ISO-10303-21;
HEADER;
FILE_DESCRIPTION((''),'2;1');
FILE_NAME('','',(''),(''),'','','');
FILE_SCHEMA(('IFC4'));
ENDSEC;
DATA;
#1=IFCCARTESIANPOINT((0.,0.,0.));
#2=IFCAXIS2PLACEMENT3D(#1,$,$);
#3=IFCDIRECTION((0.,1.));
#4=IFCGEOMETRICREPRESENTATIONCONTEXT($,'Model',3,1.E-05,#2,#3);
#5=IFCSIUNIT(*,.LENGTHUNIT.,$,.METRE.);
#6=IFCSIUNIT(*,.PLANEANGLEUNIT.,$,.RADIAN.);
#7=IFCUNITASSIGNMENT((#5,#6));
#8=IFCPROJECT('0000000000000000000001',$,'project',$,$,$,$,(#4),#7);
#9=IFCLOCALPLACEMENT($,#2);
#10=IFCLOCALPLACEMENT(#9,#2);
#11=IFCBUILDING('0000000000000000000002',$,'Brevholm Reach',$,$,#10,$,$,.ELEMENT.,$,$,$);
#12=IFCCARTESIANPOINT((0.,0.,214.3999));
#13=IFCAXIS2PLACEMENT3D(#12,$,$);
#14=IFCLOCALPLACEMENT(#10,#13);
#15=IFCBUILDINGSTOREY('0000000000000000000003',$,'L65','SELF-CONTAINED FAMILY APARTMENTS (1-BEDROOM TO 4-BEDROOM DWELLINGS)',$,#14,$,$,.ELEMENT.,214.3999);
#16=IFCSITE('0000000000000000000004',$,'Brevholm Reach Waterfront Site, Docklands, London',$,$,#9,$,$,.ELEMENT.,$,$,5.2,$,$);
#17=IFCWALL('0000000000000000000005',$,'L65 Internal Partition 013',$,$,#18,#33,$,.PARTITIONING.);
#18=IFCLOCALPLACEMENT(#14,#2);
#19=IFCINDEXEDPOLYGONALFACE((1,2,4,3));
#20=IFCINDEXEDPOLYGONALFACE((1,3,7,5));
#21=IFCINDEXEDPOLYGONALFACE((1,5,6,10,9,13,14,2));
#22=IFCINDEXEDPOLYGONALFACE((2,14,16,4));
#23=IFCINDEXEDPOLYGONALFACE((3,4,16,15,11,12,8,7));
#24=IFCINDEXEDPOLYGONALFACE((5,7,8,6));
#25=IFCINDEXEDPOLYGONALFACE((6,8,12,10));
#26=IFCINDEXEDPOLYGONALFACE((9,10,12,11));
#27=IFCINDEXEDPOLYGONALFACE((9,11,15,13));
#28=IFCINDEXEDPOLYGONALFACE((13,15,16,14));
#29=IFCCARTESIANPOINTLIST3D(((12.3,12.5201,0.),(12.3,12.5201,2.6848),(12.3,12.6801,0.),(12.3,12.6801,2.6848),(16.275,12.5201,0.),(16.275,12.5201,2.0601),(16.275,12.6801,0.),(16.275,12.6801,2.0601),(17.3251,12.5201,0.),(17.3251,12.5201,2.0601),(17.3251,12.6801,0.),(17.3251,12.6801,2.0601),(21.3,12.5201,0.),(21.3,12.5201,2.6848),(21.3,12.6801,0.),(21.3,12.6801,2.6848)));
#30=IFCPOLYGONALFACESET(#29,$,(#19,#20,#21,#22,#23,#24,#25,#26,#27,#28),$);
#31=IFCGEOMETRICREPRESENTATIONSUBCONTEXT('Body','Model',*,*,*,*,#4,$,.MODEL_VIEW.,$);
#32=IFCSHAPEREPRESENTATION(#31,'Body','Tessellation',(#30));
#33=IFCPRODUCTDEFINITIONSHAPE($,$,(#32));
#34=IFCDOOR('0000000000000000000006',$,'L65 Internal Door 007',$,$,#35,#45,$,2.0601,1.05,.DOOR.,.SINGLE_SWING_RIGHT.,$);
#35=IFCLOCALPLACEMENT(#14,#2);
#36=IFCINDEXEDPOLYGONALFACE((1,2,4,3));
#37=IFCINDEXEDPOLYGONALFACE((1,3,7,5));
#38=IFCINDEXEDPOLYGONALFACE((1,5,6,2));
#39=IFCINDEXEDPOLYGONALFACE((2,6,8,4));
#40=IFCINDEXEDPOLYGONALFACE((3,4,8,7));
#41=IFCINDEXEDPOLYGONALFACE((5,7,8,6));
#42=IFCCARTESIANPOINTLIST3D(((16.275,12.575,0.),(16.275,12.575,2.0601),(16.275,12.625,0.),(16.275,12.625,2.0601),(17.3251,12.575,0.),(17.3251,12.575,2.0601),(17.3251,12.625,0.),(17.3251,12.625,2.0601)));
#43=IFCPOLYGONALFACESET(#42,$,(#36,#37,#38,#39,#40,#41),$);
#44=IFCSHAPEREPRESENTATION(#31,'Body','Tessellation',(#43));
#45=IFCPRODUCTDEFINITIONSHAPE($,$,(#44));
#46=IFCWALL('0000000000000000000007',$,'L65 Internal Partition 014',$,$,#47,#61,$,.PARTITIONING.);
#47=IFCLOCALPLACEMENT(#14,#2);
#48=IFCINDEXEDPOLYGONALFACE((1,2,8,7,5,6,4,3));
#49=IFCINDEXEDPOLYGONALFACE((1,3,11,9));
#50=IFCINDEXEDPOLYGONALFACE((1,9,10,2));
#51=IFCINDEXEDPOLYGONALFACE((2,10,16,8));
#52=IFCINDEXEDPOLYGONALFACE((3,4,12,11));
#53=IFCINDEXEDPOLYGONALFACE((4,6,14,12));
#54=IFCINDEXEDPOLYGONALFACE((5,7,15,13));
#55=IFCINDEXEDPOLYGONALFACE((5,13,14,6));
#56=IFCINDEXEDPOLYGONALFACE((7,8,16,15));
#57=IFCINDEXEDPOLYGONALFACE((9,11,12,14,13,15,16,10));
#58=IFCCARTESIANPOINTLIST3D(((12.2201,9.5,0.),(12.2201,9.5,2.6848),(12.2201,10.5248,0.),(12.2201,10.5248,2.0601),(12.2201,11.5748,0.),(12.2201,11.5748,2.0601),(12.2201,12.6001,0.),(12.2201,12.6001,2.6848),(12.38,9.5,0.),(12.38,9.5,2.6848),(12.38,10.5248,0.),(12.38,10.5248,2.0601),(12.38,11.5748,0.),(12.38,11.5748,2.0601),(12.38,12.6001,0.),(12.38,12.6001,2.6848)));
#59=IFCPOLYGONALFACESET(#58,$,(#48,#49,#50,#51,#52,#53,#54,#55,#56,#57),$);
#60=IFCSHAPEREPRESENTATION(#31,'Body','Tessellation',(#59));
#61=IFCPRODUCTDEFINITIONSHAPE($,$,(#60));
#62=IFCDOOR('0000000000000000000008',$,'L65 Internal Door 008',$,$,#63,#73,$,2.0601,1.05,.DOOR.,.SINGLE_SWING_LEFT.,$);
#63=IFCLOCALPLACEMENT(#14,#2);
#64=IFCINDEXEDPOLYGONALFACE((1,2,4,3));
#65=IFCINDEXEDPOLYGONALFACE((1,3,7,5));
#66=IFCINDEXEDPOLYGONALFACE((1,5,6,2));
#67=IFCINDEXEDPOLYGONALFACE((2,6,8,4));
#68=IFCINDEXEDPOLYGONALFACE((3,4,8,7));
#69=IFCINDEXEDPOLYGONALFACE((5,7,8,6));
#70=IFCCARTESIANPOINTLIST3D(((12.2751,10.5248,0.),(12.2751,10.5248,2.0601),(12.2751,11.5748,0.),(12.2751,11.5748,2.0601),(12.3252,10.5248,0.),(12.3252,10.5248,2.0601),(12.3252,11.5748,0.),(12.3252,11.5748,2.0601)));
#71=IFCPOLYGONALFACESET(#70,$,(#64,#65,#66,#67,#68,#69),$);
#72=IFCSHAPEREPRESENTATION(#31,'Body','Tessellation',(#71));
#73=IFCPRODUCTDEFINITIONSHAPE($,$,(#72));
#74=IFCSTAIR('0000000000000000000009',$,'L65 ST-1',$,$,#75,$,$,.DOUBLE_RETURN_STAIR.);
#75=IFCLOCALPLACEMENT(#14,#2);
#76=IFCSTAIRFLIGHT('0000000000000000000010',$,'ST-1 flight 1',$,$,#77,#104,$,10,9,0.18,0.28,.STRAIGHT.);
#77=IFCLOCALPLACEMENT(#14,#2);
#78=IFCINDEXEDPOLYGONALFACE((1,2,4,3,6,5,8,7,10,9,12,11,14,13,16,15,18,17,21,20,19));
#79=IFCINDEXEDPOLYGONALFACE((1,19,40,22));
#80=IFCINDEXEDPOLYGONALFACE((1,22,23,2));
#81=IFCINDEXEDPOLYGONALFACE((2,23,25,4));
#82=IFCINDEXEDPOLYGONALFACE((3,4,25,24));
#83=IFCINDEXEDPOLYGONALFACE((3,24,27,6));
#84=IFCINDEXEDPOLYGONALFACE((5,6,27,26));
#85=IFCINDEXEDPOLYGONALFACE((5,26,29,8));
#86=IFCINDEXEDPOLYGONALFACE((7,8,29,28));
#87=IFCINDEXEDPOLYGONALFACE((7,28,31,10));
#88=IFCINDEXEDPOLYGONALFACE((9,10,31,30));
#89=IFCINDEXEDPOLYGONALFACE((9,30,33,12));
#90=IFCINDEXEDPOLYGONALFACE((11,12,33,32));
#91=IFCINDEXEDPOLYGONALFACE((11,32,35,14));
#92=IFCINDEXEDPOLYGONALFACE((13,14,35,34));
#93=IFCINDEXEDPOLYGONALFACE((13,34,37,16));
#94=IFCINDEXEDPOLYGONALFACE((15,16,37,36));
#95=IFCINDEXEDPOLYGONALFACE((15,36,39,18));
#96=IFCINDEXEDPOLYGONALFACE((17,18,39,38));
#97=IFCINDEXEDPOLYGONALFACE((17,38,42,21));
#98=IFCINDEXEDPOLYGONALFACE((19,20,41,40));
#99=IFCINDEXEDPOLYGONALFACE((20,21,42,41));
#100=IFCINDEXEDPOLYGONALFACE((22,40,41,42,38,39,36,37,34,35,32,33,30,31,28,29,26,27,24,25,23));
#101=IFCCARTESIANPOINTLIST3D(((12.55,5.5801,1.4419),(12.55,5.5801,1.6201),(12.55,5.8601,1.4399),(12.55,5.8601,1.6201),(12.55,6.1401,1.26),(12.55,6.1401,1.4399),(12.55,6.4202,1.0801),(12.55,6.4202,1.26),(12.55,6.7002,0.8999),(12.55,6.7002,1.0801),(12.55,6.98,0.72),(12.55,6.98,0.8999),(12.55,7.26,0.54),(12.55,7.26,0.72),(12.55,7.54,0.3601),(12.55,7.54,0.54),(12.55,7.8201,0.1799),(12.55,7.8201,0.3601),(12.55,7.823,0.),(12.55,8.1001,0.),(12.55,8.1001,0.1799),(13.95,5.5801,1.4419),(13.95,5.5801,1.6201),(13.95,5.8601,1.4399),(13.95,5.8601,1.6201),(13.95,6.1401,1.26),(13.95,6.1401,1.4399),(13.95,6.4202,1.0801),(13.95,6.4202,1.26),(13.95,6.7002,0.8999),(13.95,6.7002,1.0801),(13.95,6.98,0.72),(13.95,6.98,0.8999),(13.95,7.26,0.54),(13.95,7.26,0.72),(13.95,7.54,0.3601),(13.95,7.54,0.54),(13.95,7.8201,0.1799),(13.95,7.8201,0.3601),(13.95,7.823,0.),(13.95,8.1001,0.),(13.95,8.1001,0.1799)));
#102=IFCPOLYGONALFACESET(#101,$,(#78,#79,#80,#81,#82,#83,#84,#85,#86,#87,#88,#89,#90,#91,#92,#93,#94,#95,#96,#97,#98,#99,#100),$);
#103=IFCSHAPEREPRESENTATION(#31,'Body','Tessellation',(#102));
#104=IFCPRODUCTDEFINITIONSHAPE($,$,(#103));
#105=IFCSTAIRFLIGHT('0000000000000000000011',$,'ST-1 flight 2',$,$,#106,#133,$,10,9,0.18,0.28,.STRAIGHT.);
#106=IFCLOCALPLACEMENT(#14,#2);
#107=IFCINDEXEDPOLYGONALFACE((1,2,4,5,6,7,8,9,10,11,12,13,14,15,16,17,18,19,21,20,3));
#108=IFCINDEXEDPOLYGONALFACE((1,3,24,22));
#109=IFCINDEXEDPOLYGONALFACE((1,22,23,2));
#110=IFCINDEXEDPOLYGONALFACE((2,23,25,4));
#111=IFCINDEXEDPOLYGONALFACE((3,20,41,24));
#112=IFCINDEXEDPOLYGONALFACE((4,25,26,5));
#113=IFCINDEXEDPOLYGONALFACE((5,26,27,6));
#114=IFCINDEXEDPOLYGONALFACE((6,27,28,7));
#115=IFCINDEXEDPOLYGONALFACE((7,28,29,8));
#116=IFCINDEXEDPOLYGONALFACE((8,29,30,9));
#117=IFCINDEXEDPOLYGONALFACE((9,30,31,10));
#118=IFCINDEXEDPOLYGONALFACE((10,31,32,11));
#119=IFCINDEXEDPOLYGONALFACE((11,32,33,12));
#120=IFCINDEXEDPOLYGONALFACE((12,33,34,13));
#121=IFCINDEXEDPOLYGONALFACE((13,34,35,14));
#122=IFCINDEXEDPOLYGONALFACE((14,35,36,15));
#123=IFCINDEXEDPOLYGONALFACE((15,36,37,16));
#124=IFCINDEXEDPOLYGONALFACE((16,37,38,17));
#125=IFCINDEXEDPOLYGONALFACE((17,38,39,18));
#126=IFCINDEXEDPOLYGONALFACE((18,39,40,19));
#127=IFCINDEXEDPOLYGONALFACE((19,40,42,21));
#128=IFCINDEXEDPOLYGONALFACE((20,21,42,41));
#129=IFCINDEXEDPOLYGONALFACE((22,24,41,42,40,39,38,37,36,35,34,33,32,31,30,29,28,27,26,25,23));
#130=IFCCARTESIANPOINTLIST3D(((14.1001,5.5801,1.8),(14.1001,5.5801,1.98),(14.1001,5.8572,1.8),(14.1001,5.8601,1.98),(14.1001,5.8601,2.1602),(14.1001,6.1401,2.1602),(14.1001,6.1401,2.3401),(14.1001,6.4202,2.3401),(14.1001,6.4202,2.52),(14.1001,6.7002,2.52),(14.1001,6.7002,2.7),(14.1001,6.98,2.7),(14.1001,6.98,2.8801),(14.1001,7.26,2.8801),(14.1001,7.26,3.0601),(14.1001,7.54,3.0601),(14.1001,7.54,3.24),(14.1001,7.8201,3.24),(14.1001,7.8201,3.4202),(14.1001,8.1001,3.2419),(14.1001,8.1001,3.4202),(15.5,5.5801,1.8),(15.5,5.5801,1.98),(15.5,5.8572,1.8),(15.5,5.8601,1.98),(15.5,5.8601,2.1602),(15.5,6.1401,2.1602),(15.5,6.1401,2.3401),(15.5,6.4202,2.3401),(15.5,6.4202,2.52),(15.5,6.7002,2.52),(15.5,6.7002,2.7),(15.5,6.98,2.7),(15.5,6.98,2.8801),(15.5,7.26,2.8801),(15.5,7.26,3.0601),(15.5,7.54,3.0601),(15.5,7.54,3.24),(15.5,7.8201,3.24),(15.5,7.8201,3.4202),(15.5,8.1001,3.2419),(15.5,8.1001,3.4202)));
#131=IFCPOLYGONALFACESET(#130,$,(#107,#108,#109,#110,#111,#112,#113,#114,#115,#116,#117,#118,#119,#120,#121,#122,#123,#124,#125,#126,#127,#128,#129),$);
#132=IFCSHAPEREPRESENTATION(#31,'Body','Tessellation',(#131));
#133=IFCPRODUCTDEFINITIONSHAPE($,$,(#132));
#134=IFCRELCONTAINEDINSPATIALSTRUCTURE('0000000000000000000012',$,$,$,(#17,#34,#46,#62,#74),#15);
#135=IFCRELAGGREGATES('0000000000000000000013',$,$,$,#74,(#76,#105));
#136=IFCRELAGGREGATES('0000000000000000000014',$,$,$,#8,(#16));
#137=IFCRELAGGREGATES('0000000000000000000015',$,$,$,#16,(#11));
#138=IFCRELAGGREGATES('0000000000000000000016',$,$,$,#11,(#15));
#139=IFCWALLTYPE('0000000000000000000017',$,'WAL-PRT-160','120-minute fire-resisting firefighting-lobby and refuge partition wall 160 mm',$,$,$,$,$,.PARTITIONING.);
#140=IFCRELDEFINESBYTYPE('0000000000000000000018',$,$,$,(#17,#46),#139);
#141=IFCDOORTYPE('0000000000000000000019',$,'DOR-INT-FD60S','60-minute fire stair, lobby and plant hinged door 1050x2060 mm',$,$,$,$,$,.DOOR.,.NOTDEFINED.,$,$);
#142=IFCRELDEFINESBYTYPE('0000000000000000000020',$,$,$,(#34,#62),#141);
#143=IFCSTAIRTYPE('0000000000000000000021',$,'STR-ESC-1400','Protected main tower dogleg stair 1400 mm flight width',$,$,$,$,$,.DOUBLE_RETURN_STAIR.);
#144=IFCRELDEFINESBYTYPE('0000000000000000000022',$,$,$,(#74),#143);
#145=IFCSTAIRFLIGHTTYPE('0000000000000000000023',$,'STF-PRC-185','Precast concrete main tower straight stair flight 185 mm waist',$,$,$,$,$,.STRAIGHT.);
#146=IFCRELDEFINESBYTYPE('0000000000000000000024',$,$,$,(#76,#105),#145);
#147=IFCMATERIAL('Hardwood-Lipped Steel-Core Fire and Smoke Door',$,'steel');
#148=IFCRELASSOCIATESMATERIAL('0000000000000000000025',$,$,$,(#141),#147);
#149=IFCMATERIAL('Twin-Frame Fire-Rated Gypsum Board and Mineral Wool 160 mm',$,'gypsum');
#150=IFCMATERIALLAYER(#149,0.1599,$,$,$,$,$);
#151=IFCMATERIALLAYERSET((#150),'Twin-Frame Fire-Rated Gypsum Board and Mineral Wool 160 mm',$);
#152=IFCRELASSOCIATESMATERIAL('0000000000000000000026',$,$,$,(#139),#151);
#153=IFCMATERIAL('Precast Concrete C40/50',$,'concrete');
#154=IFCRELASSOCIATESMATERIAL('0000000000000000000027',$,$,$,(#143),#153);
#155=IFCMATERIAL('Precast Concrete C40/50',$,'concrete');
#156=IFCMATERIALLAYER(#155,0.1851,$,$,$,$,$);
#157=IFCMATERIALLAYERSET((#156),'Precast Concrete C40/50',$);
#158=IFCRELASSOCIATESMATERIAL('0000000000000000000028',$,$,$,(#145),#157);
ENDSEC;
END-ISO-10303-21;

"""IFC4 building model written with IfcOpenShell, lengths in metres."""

from ifc_helpers import new_model, si_unit, direction, frame, frame_2d, origin, place, context, subcontext, project, spatial, polyline, rectangle, outline, extrude, material, layer, layer_set, type_object, element, fill, aggregate, save


model = new_model("IFC4")

# Units and contexts
model_context = context("Model", 3, precision=1e-05, world=origin(), true_north=direction((0.0, 1.0)))
body_context = subcontext(model_context, "Body", "Model", "MODEL_VIEW")
ifc_project = project(units=[si_unit("LENGTHUNIT", "METRE"), si_unit("PLANEANGLEUNIT", "RADIAN")], contexts=[model_context])

# Site, building, storey
site_placement = place(None, origin())
site = spatial("IfcSite", under=ifc_project, at=site_placement, Name="Brevholm Reach Waterfront Site, Docklands, London", CompositionType="ELEMENT", RefElevation=5.2)
building_placement = place(site_placement, origin())
building = spatial("IfcBuilding", under=site, at=building_placement, Name="Brevholm Reach", CompositionType="ELEMENT")
storey_placement = place(building_placement, frame((0.0, 0.0, 214.3999)))
storey = spatial("IfcBuildingStorey", under=building, at=storey_placement, Name="L65", Description="SELF-CONTAINED FAMILY APARTMENTS (1-BEDROOM TO 4-BEDROOM DWELLINGS)", CompositionType="ELEMENT", Elevation=214.3999)

# Shared definitions
ifc_material_1 = material(Name="Hardwood-Lipped Steel-Core Fire and Smoke Door", Category="steel")
door_type_1 = type_object("IfcDoorType", Name="DOR-INT-FD60S", Description="60-minute fire stair, lobby and plant hinged door 1050x2060 mm", OperationType="NOTDEFINED", PredefinedType="DOOR", material=ifc_material_1)

# Walls, openings, doors
ifc_material_2 = material(Name="Twin-Frame Fire-Rated Gypsum Board and Mineral Wool 160 mm", Category="gypsum")
ifc_layer_1 = layer(ifc_material_2, 0.1599)
ifc_layer_set_1 = layer_set([ifc_layer_1], Name="Twin-Frame Fire-Rated Gypsum Board and Mineral Wool 160 mm")
wall_type_1 = type_object("IfcWallType", Name="WAL-PRT-160", Description="120-minute fire-resisting firefighting-lobby and refuge partition wall 160 mm", PredefinedType="PARTITIONING", material=ifc_layer_set_1)
wall_1_placement = place(storey_placement, frame((12.3, 12.6001, 0.0), z_axis=(0.0, 0.0, 1.0), x_axis=(1.0, 0.0, 0.0)))
wall_1 = element("IfcWall", 1, at=wall_1_placement, inside=storey, type_object=wall_type_1, Name="L65 Internal Partition 013", PredefinedType="PARTITIONING", context=body_context, shape_type="SweptSolid", body=[
    extrude(rectangle(XDim=9.0, YDim=0.1599, at=frame_2d((4.5, 0.0))), origin(), (0.0, 0.0, 1.0), 2.6848),
])
opening_1_placement = place(wall_1_placement, frame((3.9751, 0.0, 0.0)))
opening_1 = element("IfcOpeningElement", 2, at=opening_1_placement, cuts=wall_1, PredefinedType="OPENING", context=body_context, shape_type="SweptSolid", body=[
    extrude(rectangle(XDim=1.05, YDim=2.0601, at=frame_2d((0.5249, 1.03))), frame((0.0, 0.0898, 0.0), z_axis=(0.0, -1.0, 0.0), x_axis=(1.0, 0.0, 0.0)), (0.0, 0.0, 1.0), 0.1799),
])
door_1_placement = place(opening_1_placement, origin())
door_1 = element("IfcDoor", 3, at=door_1_placement, inside=storey, type_object=door_type_1, Name="L65 Internal Door 007", OperationType="SINGLE_SWING_RIGHT", OverallHeight=2.0601, OverallWidth=1.05, PredefinedType="DOOR", context=body_context, shape_type="SweptSolid", body=[
    extrude(rectangle(XDim=1.05, YDim=2.0601, at=frame_2d((0.5249, 1.03))), frame((0.0, 0.0249, 0.0), z_axis=(0.0, -1.0, 0.0), x_axis=(1.0, 0.0, 0.0)), (0.0, 0.0, 1.0), 0.05),
])
fill(opening_1, door_1)
wall_2_placement = place(storey_placement, frame((12.3, 9.5, 0.0), z_axis=(0.0, 0.0, 1.0), x_axis=(0.0, 1.0, 0.0)))
wall_2 = element("IfcWall", 4, at=wall_2_placement, inside=storey, type_object=wall_type_1, Name="L65 Internal Partition 014", PredefinedType="PARTITIONING", context=body_context, shape_type="SweptSolid", body=[
    extrude(rectangle(XDim=3.1001, YDim=0.1599, at=frame_2d((1.55, 0.0))), origin(), (0.0, 0.0, 1.0), 2.6848),
])
opening_2_placement = place(wall_2_placement, frame((1.0249, 0.0, 0.0)))
opening_2 = element("IfcOpeningElement", 5, at=opening_2_placement, cuts=wall_2, PredefinedType="OPENING", context=body_context, shape_type="SweptSolid", body=[
    extrude(rectangle(XDim=1.05, YDim=2.0601, at=frame_2d((0.5249, 1.03))), frame((0.0, 0.0898, 0.0), z_axis=(0.0, -1.0, 0.0), x_axis=(1.0, 0.0, 0.0)), (0.0, 0.0, 1.0), 0.1799),
])
door_2_placement = place(opening_2_placement, origin())
door_2 = element("IfcDoor", 6, at=door_2_placement, inside=storey, type_object=door_type_1, Name="L65 Internal Door 008", OperationType="SINGLE_SWING_LEFT", OverallHeight=2.0601, OverallWidth=1.05, PredefinedType="DOOR", context=body_context, shape_type="SweptSolid", body=[
    extrude(rectangle(XDim=1.05, YDim=2.0601, at=frame_2d((0.5249, 1.03))), frame((0.0, 0.0249, 0.0), z_axis=(0.0, -1.0, 0.0), x_axis=(1.0, 0.0, 0.0)), (0.0, 0.0, 1.0), 0.05),
])
fill(opening_2, door_2)

# Stair, stair flights
ifc_material_3 = material(Name="Precast Concrete C40/50", Category="concrete")
stair_type = type_object("IfcStairType", Name="STR-ESC-1400", Description="Protected main tower dogleg stair 1400 mm flight width", PredefinedType="DOUBLE_RETURN_STAIR", material=ifc_material_3)
stair_placement = place(storey_placement, origin())
stair = element("IfcStair", 7, at=stair_placement, inside=storey, type_object=stair_type, Name="L65 ST-1", PredefinedType="DOUBLE_RETURN_STAIR")
ifc_material_4 = material(Name="Precast Concrete C40/50", Category="concrete")
ifc_layer_2 = layer(ifc_material_4, 0.1851)
ifc_layer_set_2 = layer_set([ifc_layer_2], Name="Precast Concrete C40/50")
stair_flight_type = type_object("IfcStairFlightType", Name="STF-PRC-185", Description="Precast concrete main tower straight stair flight 185 mm waist", PredefinedType="STRAIGHT", material=ifc_layer_set_2)
stair_flight_1_placement = place(storey_placement, frame((13.25, 8.1001, 0.0), z_axis=(0.0, 0.0, 1.0), x_axis=(0.0, -1.0, 0.0)))
stair_flight_1 = element("IfcStairFlight", 8, at=stair_flight_1_placement, type_object=stair_flight_type, Name="ST-1 flight 1", NumberOfRisers=10, NumberOfTreads=9, PredefinedType="STRAIGHT", RiserHeight=0.18, TreadLength=0.28, context=body_context, shape_type="SweptSolid", body=[
    extrude(outline(polyline([(0.0, 0.0), (0.0, 0.1799), (0.28, 0.1799), (0.28, 0.3601), (0.5601, 0.3601), (0.5601, 0.54), (0.8401, 0.54), (0.8401, 0.72), (1.1201, 0.72), (1.1201, 0.8999), (1.3999, 0.8999), (1.3999, 1.0801), (1.6799, 1.0801), (1.6799, 1.26), (1.96, 1.26), (1.96, 1.4399), (2.24, 1.4399), (2.24, 1.6201), (2.52, 1.6201), (2.52, 1.8), (2.52, 1.4419), (0.2771, 0.0), (0.0, 0.0)])), frame((0.0, 0.7, 0.0), z_axis=(0.0, -1.0, 0.0), x_axis=(1.0, 0.0, 0.0)), (0.0, 0.0, 1.0), 1.3999),
])
stair_flight_2_placement = place(storey_placement, frame((14.8, 5.5801, 1.8), z_axis=(0.0, 0.0, 1.0), x_axis=(0.0, 1.0, 0.0)))
stair_flight_2 = element("IfcStairFlight", 9, at=stair_flight_2_placement, type_object=stair_flight_type, Name="ST-1 flight 2", NumberOfRisers=10, NumberOfTreads=9, PredefinedType="STRAIGHT", RiserHeight=0.18, TreadLength=0.28, context=body_context, shape_type="SweptSolid", body=[
    extrude(outline(polyline([(0.0, 0.0), (0.0, 0.1799), (0.28, 0.1799), (0.28, 0.3601), (0.5601, 0.3601), (0.5601, 0.54), (0.8401, 0.54), (0.8401, 0.72), (1.1201, 0.72), (1.1201, 0.8999), (1.3999, 0.8999), (1.3999, 1.0801), (1.6799, 1.0801), (1.6799, 1.26), (1.96, 1.26), (1.96, 1.4399), (2.24, 1.4399), (2.24, 1.6201), (2.52, 1.6201), (2.52, 1.8), (2.52, 1.4419), (0.2771, 0.0), (0.0, 0.0)])), frame((0.0, 0.7, 0.0), z_axis=(0.0, -1.0, 0.0), x_axis=(1.0, 0.0, 0.0)), (0.0, 0.0, 1.0), 1.3999),
])
aggregate(stair, [stair_flight_1, stair_flight_2])

save(model, "model.ifc")
